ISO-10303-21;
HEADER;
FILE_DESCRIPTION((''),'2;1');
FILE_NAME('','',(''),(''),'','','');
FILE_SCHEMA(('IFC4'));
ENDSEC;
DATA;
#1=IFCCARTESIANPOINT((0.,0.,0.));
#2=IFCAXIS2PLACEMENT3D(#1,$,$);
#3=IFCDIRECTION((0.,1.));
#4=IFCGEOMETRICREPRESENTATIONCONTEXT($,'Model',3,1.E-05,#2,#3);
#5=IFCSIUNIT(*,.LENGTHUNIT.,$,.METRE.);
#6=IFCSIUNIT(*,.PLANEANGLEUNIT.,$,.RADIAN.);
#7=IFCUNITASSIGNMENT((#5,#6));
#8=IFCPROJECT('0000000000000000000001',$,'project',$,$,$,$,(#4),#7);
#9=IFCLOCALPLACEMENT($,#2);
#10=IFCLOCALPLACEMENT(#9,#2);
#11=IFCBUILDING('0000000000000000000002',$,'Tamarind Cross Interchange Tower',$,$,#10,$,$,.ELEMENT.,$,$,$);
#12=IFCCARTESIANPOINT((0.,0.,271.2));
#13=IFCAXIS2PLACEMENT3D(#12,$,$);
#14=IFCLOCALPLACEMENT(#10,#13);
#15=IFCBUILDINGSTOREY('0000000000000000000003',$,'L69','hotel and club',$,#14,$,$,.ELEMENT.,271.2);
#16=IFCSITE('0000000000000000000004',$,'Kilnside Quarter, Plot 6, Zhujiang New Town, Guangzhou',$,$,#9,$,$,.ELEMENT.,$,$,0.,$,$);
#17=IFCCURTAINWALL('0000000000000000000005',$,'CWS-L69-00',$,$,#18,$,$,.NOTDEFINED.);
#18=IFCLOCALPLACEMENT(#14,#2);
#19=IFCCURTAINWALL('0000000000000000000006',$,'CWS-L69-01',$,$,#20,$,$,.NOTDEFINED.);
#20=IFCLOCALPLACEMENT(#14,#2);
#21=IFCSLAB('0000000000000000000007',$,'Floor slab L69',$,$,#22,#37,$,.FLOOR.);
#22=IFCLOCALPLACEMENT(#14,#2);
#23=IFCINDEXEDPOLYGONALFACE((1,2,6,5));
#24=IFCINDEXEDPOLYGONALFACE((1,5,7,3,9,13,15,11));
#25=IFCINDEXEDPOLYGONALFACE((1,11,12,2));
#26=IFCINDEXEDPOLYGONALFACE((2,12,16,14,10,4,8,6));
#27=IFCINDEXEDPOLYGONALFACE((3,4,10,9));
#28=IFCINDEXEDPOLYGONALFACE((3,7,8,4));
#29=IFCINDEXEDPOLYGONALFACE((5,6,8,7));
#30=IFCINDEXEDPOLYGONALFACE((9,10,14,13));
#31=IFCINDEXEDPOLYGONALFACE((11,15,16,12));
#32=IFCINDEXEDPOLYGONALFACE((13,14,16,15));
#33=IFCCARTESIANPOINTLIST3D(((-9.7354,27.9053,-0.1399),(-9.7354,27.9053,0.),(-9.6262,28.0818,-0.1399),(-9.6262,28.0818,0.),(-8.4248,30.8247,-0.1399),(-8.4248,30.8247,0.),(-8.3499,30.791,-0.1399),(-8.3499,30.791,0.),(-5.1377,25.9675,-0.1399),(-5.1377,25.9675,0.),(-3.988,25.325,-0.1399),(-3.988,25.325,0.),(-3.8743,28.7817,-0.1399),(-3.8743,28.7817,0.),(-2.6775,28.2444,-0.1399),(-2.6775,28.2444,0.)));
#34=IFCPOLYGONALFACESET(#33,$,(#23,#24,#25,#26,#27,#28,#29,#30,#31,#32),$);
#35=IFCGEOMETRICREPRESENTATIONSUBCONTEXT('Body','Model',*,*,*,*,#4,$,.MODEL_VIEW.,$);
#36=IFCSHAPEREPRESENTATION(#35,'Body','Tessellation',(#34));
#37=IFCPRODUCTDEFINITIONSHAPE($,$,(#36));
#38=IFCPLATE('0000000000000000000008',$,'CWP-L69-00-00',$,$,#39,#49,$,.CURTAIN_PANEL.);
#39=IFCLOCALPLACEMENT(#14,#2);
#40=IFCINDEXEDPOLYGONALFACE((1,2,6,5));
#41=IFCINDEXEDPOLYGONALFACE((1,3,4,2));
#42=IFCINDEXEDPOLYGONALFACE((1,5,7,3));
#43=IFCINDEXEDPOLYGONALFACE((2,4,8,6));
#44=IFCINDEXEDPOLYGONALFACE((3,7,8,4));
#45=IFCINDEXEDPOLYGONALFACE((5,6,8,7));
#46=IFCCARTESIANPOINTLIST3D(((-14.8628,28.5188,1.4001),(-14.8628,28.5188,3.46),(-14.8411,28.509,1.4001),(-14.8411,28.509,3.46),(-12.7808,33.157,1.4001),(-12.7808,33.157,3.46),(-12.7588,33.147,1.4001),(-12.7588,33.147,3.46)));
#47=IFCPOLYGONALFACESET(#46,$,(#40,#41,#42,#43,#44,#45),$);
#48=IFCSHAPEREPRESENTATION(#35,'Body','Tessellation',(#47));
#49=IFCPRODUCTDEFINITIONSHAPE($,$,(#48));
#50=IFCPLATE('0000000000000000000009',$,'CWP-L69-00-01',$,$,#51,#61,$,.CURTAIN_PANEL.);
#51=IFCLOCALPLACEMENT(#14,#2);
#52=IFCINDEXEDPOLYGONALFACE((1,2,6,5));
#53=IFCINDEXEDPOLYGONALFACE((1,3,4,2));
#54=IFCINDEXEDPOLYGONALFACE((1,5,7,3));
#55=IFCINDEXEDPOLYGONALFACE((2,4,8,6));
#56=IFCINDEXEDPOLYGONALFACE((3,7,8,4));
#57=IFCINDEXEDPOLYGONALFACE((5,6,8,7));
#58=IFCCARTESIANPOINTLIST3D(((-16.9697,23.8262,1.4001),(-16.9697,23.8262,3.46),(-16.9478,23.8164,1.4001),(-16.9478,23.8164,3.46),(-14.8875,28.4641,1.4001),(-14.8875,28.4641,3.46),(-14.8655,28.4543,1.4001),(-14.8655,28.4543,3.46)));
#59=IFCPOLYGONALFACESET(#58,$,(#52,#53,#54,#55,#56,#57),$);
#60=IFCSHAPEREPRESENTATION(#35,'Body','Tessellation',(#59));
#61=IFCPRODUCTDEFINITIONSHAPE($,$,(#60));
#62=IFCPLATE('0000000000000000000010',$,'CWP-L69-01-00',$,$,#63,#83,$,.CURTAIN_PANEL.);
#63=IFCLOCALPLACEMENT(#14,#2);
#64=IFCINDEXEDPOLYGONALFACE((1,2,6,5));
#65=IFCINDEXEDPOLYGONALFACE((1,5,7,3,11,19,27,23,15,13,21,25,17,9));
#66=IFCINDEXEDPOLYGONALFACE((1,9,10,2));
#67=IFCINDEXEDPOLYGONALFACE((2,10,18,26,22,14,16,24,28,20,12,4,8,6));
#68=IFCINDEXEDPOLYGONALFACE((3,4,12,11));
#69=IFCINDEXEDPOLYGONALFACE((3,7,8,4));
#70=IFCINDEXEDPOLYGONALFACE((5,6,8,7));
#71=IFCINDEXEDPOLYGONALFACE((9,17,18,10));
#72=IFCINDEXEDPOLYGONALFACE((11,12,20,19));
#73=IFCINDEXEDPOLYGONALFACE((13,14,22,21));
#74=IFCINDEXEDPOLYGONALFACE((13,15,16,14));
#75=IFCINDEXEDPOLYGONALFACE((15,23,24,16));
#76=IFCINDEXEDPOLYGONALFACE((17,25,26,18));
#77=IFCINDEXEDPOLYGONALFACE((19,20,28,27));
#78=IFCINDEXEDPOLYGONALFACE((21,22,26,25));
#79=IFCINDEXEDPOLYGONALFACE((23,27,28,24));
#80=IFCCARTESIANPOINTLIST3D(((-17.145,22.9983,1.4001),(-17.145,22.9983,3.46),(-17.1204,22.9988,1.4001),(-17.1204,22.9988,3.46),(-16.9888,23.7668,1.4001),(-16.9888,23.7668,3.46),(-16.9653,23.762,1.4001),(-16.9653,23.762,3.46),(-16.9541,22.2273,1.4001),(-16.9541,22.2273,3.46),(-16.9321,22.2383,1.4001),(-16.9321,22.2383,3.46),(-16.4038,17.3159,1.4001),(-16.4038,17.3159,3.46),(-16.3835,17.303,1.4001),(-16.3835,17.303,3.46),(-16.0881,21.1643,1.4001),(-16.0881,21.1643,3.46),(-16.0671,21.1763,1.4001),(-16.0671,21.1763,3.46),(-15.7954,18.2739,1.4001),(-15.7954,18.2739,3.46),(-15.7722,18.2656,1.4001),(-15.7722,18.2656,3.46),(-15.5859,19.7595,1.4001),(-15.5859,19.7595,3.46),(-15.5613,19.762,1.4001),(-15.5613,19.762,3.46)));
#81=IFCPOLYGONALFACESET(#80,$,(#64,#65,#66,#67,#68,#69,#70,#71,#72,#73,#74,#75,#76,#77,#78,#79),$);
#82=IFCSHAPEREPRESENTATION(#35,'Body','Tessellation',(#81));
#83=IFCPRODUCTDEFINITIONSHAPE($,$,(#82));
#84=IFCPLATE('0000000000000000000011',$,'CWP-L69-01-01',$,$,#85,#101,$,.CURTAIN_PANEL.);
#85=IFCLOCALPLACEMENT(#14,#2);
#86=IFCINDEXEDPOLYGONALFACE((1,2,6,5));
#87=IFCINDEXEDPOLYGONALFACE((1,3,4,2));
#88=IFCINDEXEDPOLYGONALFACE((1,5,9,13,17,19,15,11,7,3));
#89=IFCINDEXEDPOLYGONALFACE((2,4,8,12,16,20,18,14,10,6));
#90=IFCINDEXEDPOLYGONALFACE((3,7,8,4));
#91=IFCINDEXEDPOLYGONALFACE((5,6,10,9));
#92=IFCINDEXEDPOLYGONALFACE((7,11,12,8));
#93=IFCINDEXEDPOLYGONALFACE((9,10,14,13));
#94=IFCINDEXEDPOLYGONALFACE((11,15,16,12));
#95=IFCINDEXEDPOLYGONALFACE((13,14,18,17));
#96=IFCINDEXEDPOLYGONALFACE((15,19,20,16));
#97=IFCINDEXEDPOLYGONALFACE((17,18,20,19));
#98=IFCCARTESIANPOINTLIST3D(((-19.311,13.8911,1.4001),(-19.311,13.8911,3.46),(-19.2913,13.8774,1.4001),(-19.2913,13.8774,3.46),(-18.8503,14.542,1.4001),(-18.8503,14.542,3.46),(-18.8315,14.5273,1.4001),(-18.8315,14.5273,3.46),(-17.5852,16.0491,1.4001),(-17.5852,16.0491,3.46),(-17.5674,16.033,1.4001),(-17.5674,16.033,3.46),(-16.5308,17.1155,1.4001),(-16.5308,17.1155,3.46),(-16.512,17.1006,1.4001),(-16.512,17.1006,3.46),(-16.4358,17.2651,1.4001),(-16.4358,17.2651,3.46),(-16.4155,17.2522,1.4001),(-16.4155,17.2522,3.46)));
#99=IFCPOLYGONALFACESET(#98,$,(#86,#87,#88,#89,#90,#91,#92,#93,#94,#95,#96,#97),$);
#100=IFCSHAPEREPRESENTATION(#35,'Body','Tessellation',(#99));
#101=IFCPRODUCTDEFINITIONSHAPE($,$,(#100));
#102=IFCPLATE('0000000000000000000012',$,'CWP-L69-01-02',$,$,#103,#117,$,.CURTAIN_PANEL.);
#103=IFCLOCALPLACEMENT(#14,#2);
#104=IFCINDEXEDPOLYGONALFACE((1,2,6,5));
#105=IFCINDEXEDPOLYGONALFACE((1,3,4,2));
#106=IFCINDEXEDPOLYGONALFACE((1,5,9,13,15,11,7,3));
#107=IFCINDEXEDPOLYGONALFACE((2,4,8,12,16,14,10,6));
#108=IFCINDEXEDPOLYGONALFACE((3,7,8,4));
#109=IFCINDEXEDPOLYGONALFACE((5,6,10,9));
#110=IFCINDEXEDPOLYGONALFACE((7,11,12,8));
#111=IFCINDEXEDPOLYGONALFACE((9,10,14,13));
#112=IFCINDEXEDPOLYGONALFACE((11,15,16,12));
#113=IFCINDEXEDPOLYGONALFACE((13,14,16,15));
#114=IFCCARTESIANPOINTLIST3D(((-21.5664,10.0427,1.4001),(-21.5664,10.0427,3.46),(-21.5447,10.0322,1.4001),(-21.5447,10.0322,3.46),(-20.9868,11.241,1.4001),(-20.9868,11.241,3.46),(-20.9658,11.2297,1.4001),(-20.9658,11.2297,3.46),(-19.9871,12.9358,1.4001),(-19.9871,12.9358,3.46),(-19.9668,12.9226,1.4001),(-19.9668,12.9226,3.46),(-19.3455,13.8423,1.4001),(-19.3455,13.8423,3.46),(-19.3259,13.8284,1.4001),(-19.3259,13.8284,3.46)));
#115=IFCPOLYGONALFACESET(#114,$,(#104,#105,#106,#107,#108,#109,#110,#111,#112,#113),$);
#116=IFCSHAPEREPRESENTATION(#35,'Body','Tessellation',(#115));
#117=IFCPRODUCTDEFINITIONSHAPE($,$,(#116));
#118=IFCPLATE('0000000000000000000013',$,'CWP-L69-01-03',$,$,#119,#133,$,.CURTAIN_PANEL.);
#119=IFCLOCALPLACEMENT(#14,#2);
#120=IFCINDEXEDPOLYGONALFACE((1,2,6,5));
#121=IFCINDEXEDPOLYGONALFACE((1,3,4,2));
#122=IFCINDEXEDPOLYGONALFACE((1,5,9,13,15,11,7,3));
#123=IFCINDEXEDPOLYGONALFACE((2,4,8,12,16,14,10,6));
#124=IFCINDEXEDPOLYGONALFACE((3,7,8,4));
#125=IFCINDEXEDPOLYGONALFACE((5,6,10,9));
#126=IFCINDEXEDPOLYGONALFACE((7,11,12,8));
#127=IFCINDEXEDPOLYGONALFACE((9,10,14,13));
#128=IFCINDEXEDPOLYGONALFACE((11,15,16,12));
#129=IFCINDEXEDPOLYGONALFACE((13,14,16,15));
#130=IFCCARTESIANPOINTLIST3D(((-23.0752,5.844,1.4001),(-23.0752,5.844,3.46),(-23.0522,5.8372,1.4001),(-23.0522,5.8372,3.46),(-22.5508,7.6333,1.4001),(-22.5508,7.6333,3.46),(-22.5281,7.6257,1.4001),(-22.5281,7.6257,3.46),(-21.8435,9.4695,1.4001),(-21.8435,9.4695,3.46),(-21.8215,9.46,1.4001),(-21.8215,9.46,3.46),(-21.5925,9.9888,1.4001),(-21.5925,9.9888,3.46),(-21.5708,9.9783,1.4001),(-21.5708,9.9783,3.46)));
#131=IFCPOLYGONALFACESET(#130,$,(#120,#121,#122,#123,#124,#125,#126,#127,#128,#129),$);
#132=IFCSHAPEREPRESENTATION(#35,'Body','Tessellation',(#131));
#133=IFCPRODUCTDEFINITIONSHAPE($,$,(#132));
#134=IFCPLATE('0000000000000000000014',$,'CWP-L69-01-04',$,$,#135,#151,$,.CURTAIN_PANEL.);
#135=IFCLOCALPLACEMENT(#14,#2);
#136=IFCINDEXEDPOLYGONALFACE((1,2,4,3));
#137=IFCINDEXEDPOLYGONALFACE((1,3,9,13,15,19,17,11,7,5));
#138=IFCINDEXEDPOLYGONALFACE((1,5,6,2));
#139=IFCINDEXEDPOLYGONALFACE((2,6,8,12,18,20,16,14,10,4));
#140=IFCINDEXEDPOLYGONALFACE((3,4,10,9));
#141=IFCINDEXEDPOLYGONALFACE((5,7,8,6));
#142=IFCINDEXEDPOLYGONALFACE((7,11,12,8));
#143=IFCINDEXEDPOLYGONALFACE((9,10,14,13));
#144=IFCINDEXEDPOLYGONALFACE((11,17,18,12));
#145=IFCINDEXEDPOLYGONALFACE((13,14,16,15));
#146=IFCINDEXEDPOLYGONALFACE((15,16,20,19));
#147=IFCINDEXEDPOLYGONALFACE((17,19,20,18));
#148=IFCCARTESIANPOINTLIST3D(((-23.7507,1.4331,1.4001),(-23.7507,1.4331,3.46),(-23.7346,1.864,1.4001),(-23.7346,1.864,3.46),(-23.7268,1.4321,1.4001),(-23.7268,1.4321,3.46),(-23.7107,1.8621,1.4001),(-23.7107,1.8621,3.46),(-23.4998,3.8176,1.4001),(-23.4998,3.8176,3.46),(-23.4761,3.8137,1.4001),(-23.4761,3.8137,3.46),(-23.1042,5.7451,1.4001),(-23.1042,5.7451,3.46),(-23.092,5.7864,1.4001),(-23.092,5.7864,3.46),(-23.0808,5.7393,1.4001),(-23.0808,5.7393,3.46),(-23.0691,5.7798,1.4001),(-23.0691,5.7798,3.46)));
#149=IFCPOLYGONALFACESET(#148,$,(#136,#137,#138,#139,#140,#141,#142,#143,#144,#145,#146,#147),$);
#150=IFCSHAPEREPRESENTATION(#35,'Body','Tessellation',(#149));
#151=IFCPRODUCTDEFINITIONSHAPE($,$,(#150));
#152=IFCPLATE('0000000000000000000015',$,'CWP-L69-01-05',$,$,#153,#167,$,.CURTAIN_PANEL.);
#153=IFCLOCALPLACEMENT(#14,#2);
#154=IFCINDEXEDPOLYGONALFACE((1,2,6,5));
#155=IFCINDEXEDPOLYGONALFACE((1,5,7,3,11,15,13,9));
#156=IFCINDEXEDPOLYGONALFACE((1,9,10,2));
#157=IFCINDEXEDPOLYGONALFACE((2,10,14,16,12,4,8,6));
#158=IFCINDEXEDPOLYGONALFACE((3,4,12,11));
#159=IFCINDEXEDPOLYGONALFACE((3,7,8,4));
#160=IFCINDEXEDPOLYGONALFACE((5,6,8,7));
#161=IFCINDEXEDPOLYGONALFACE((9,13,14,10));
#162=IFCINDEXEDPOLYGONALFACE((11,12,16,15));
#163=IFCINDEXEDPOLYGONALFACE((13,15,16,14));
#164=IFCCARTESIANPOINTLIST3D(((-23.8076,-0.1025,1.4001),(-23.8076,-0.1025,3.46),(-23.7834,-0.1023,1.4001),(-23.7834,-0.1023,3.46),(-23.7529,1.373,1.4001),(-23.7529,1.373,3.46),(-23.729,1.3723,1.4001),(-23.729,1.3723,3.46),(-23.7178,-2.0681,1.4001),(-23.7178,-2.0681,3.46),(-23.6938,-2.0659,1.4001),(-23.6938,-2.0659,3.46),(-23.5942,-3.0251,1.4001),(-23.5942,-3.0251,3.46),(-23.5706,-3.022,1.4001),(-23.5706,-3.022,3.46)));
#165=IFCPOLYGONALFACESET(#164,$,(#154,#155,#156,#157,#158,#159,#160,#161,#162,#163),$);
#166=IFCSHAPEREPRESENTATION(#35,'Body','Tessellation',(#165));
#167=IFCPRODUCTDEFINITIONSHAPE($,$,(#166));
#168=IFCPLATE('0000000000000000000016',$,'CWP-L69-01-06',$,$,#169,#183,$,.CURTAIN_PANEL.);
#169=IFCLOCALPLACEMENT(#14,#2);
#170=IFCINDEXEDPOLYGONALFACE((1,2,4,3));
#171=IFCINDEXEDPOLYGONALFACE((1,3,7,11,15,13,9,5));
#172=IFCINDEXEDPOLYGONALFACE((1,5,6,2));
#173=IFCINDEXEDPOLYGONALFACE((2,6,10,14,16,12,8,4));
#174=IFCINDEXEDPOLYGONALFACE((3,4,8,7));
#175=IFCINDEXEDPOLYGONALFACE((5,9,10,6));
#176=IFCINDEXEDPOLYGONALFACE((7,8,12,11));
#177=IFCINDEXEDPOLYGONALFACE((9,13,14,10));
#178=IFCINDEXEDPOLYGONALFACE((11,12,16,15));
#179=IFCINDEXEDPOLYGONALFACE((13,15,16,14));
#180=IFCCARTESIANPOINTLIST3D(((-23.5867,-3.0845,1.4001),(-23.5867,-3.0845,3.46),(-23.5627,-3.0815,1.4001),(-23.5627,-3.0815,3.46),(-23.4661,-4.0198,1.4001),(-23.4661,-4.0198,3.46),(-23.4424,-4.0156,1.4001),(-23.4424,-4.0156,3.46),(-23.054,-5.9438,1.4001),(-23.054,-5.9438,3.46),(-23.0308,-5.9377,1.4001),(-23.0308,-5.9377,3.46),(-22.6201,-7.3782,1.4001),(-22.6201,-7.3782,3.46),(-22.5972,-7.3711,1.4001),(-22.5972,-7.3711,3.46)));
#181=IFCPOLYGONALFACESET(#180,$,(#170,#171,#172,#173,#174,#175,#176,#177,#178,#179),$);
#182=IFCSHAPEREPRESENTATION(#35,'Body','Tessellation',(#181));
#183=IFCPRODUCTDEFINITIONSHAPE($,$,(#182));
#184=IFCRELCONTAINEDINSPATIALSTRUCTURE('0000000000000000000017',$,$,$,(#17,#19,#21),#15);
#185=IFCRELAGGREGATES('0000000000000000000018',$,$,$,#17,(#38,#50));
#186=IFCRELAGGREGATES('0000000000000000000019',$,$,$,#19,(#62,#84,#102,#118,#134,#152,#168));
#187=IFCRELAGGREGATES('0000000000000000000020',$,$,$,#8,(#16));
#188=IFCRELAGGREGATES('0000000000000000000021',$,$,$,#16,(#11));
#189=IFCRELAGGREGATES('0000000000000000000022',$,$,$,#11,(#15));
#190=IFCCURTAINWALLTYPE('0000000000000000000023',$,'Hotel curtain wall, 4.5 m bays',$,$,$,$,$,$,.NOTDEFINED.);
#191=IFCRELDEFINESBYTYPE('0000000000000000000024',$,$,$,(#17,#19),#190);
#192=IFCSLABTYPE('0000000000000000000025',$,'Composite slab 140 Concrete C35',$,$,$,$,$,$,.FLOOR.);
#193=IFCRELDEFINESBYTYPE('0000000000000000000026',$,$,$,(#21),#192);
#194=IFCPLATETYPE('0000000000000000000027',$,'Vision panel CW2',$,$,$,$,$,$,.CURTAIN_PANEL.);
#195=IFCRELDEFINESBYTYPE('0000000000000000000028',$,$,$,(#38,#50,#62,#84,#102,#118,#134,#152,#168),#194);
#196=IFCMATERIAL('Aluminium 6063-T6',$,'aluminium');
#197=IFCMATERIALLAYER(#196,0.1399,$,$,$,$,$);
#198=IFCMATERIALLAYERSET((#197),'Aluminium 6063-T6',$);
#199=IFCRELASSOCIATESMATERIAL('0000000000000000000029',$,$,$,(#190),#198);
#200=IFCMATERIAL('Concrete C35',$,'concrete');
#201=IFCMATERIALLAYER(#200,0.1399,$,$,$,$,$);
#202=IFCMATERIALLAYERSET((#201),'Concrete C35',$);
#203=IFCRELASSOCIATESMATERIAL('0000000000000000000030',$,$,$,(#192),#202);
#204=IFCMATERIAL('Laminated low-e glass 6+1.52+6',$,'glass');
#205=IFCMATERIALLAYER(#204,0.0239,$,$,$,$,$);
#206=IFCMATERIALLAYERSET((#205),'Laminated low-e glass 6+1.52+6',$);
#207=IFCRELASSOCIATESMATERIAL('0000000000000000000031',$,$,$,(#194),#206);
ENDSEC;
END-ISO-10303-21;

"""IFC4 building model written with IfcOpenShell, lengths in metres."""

from ifc_helpers import new_model, si_unit, direction, frame, origin, place, context, subcontext, project, spatial, polyline, outline, extrude, material, layer, layer_set, type_object, element, aggregate, save


model = new_model("IFC4")

# Units and contexts
model_context = context("Model", 3, precision=1e-05, world=origin(), true_north=direction((0.0, 1.0)))
body_context = subcontext(model_context, "Body", "Model", "MODEL_VIEW")
ifc_project = project(units=[si_unit("LENGTHUNIT", "METRE"), si_unit("PLANEANGLEUNIT", "RADIAN")], contexts=[model_context])

# Site, building, storey
site_placement = place(None, origin())
site = spatial("IfcSite", under=ifc_project, at=site_placement, Name="Kilnside Quarter, Plot 6, Zhujiang New Town, Guangzhou", CompositionType="ELEMENT", RefElevation=0.0)
building_placement = place(site_placement, origin())
building = spatial("IfcBuilding", under=site, at=building_placement, Name="Tamarind Cross Interchange Tower", CompositionType="ELEMENT")
storey_placement = place(building_placement, frame((0.0, 0.0, 271.2)))
storey = spatial("IfcBuildingStorey", under=building, at=storey_placement, Name="L69", Description="hotel and club", CompositionType="ELEMENT", Elevation=271.2)

# Curtain wall
ifc_material_1 = material(Name="Aluminium 6063-T6", Category="aluminium")
ifc_layer_1 = layer(ifc_material_1, 0.1399)
ifc_layer_set_1 = layer_set([ifc_layer_1], Name="Aluminium 6063-T6")
curtain_wall_type = type_object("IfcCurtainWallType", Name="Hotel curtain wall, 4.5 m bays", PredefinedType="NOTDEFINED", material=ifc_layer_set_1)
curtain_wall_1_placement = place(storey_placement, origin())
curtain_wall_1 = element("IfcCurtainWall", 1, at=curtain_wall_1_placement, inside=storey, type_object=curtain_wall_type, Name="CWS-L69-00", PredefinedType="NOTDEFINED")

# Curtain wall
curtain_wall_2_placement = place(storey_placement, origin())
curtain_wall_2 = element("IfcCurtainWall", 2, at=curtain_wall_2_placement, inside=storey, type_object=curtain_wall_type, Name="CWS-L69-01", PredefinedType="NOTDEFINED")

# Slab
ifc_material_2 = material(Name="Concrete C35", Category="concrete")
ifc_layer_2 = layer(ifc_material_2, 0.1399)
ifc_layer_set_2 = layer_set([ifc_layer_2], Name="Concrete C35")
slab_type = type_object("IfcSlabType", Name="Composite slab 140 Concrete C35", PredefinedType="FLOOR", material=ifc_layer_set_2)
slab_1_placement = place(storey_placement, frame((0.0, 0.0, -0.1399)))
element("IfcSlab", 3, at=slab_1_placement, inside=storey, type_object=slab_type, Name="Floor slab L69", PredefinedType="FLOOR", context=body_context, shape_type="SweptSolid", body=[
    extrude(outline(polyline([(-8.4248, 30.8247), (-9.7354, 27.9053), (-3.988, 25.325), (-2.6775, 28.2444), (-3.8743, 28.7817), (-5.1377, 25.9675), (-9.6262, 28.0818), (-8.3499, 30.791), (-8.4248, 30.8247)])), origin(), (0.0, 0.0, 1.0), 0.1399),
])

# Plates
ifc_material_3 = material(Name="Laminated low-e glass 6+1.52+6", Category="glass")
ifc_layer_3 = layer(ifc_material_3, 0.0239)
ifc_layer_set_3 = layer_set([ifc_layer_3], Name="Laminated low-e glass 6+1.52+6")
plate_type = type_object("IfcPlateType", Name="Vision panel CW2", PredefinedType="CURTAIN_PANEL", material=ifc_layer_set_3)
plate_1_placement = place(storey_placement, frame((0.0, 0.0, 1.4001)))
plate_1 = element("IfcPlate", 4, at=plate_1_placement, type_object=plate_type, Name="CWP-L69-00-00", PredefinedType="CURTAIN_PANEL", context=body_context, shape_type="SweptSolid", body=[
    extrude(outline(polyline([(-12.7588, 33.147), (-14.8411, 28.509), (-14.8628, 28.5188), (-12.7808, 33.157), (-12.7588, 33.147)])), origin(), (0.0, 0.0, 1.0), 2.0598),
])
plate_2_placement = place(storey_placement, frame((0.0, 0.0, 1.4001)))
plate_2 = element("IfcPlate", 5, at=plate_2_placement, type_object=plate_type, Name="CWP-L69-00-01", PredefinedType="CURTAIN_PANEL", context=body_context, shape_type="SweptSolid", body=[
    extrude(outline(polyline([(-14.8655, 28.4543), (-16.9478, 23.8164), (-16.9697, 23.8262), (-14.8875, 28.4641), (-14.8655, 28.4543)])), origin(), (0.0, 0.0, 1.0), 2.0598),
])
aggregate(curtain_wall_1, [plate_1, plate_2])
plate_3_placement = place(storey_placement, frame((0.0, 0.0, 1.4001)))
plate_3 = element("IfcPlate", 6, at=plate_3_placement, type_object=plate_type, Name="CWP-L69-01-00", PredefinedType="CURTAIN_PANEL", context=body_context, shape_type="SweptSolid", body=[
    extrude(outline(polyline([(-16.9653, 23.762), (-17.1204, 22.9988), (-16.9321, 22.2383), (-16.0671, 21.1763), (-15.5613, 19.762), (-15.7722, 18.2656), (-16.3835, 17.303), (-16.4038, 17.3159), (-15.7954, 18.2739), (-15.5859, 19.7595), (-16.0881, 21.1643), (-16.9541, 22.2273), (-17.145, 22.9983), (-16.9888, 23.7668), (-16.9653, 23.762)])), origin(), (0.0, 0.0, 1.0), 2.0598),
])
plate_4_placement = place(storey_placement, frame((0.0, 0.0, 1.4001)))
plate_4 = element("IfcPlate", 7, at=plate_4_placement, type_object=plate_type, Name="CWP-L69-01-01", PredefinedType="CURTAIN_PANEL", context=body_context, shape_type="SweptSolid", body=[
    extrude(outline(polyline([(-16.4155, 17.2522), (-16.512, 17.1006), (-17.5674, 16.033), (-18.8315, 14.5273), (-19.2913, 13.8774), (-19.311, 13.8911), (-18.8503, 14.542), (-17.5852, 16.0491), (-16.5308, 17.1155), (-16.4358, 17.2651), (-16.4155, 17.2522)])), origin(), (0.0, 0.0, 1.0), 2.0598),
])
plate_5_placement = place(storey_placement, frame((0.0, 0.0, 1.4001)))
plate_5 = element("IfcPlate", 8, at=plate_5_placement, type_object=plate_type, Name="CWP-L69-01-02", PredefinedType="CURTAIN_PANEL", context=body_context, shape_type="SweptSolid", body=[
    extrude(outline(polyline([(-19.3259, 13.8284), (-19.9668, 12.9226), (-20.9658, 11.2297), (-21.5447, 10.0322), (-21.5664, 10.0427), (-20.9868, 11.241), (-19.9871, 12.9358), (-19.3455, 13.8423), (-19.3259, 13.8284)])), origin(), (0.0, 0.0, 1.0), 2.0598),
])
plate_6_placement = place(storey_placement, frame((0.0, 0.0, 1.4001)))
plate_6 = element("IfcPlate", 9, at=plate_6_placement, type_object=plate_type, Name="CWP-L69-01-03", PredefinedType="CURTAIN_PANEL", context=body_context, shape_type="SweptSolid", body=[
    extrude(outline(polyline([(-21.5708, 9.9783), (-21.8215, 9.46), (-22.5281, 7.6257), (-23.0522, 5.8372), (-23.0752, 5.844), (-22.5508, 7.6333), (-21.8435, 9.4695), (-21.5925, 9.9888), (-21.5708, 9.9783)])), origin(), (0.0, 0.0, 1.0), 2.0598),
])
plate_7_placement = place(storey_placement, frame((0.0, 0.0, 1.4001)))
plate_7 = element("IfcPlate", 10, at=plate_7_placement, type_object=plate_type, Name="CWP-L69-01-04", PredefinedType="CURTAIN_PANEL", context=body_context, shape_type="SweptSolid", body=[
    extrude(outline(polyline([(-23.0691, 5.7798), (-23.0808, 5.7393), (-23.4761, 3.8137), (-23.7107, 1.8621), (-23.7268, 1.4321), (-23.7507, 1.4331), (-23.7346, 1.864), (-23.4998, 3.8176), (-23.1042, 5.7451), (-23.092, 5.7864), (-23.0691, 5.7798)])), origin(), (0.0, 0.0, 1.0), 2.0598),
])
plate_8_placement = place(storey_placement, frame((0.0, 0.0, 1.4001)))
plate_8 = element("IfcPlate", 11, at=plate_8_placement, type_object=plate_type, Name="CWP-L69-01-05", PredefinedType="CURTAIN_PANEL", context=body_context, shape_type="SweptSolid", body=[
    extrude(outline(polyline([(-23.729, 1.3723), (-23.7834, -0.1023), (-23.6938, -2.0659), (-23.5706, -3.022), (-23.5942, -3.0251), (-23.7178, -2.0681), (-23.8076, -0.1025), (-23.7529, 1.373), (-23.729, 1.3723)])), origin(), (0.0, 0.0, 1.0), 2.0598),
])
plate_9_placement = place(storey_placement, frame((0.0, 0.0, 1.4001)))
plate_9 = element("IfcPlate", 12, at=plate_9_placement, type_object=plate_type, Name="CWP-L69-01-06", PredefinedType="CURTAIN_PANEL", context=body_context, shape_type="SweptSolid", body=[
    extrude(outline(polyline([(-23.5627, -3.0815), (-23.4424, -4.0156), (-23.0308, -5.9377), (-22.5972, -7.3711), (-22.6201, -7.3782), (-23.054, -5.9438), (-23.4661, -4.0198), (-23.5867, -3.0845), (-23.5627, -3.0815)])), origin(), (0.0, 0.0, 1.0), 2.0598),
])
aggregate(curtain_wall_2, [plate_3, plate_4, plate_5, plate_6, plate_7, plate_8, plate_9])

save(model, "model.ifc")
